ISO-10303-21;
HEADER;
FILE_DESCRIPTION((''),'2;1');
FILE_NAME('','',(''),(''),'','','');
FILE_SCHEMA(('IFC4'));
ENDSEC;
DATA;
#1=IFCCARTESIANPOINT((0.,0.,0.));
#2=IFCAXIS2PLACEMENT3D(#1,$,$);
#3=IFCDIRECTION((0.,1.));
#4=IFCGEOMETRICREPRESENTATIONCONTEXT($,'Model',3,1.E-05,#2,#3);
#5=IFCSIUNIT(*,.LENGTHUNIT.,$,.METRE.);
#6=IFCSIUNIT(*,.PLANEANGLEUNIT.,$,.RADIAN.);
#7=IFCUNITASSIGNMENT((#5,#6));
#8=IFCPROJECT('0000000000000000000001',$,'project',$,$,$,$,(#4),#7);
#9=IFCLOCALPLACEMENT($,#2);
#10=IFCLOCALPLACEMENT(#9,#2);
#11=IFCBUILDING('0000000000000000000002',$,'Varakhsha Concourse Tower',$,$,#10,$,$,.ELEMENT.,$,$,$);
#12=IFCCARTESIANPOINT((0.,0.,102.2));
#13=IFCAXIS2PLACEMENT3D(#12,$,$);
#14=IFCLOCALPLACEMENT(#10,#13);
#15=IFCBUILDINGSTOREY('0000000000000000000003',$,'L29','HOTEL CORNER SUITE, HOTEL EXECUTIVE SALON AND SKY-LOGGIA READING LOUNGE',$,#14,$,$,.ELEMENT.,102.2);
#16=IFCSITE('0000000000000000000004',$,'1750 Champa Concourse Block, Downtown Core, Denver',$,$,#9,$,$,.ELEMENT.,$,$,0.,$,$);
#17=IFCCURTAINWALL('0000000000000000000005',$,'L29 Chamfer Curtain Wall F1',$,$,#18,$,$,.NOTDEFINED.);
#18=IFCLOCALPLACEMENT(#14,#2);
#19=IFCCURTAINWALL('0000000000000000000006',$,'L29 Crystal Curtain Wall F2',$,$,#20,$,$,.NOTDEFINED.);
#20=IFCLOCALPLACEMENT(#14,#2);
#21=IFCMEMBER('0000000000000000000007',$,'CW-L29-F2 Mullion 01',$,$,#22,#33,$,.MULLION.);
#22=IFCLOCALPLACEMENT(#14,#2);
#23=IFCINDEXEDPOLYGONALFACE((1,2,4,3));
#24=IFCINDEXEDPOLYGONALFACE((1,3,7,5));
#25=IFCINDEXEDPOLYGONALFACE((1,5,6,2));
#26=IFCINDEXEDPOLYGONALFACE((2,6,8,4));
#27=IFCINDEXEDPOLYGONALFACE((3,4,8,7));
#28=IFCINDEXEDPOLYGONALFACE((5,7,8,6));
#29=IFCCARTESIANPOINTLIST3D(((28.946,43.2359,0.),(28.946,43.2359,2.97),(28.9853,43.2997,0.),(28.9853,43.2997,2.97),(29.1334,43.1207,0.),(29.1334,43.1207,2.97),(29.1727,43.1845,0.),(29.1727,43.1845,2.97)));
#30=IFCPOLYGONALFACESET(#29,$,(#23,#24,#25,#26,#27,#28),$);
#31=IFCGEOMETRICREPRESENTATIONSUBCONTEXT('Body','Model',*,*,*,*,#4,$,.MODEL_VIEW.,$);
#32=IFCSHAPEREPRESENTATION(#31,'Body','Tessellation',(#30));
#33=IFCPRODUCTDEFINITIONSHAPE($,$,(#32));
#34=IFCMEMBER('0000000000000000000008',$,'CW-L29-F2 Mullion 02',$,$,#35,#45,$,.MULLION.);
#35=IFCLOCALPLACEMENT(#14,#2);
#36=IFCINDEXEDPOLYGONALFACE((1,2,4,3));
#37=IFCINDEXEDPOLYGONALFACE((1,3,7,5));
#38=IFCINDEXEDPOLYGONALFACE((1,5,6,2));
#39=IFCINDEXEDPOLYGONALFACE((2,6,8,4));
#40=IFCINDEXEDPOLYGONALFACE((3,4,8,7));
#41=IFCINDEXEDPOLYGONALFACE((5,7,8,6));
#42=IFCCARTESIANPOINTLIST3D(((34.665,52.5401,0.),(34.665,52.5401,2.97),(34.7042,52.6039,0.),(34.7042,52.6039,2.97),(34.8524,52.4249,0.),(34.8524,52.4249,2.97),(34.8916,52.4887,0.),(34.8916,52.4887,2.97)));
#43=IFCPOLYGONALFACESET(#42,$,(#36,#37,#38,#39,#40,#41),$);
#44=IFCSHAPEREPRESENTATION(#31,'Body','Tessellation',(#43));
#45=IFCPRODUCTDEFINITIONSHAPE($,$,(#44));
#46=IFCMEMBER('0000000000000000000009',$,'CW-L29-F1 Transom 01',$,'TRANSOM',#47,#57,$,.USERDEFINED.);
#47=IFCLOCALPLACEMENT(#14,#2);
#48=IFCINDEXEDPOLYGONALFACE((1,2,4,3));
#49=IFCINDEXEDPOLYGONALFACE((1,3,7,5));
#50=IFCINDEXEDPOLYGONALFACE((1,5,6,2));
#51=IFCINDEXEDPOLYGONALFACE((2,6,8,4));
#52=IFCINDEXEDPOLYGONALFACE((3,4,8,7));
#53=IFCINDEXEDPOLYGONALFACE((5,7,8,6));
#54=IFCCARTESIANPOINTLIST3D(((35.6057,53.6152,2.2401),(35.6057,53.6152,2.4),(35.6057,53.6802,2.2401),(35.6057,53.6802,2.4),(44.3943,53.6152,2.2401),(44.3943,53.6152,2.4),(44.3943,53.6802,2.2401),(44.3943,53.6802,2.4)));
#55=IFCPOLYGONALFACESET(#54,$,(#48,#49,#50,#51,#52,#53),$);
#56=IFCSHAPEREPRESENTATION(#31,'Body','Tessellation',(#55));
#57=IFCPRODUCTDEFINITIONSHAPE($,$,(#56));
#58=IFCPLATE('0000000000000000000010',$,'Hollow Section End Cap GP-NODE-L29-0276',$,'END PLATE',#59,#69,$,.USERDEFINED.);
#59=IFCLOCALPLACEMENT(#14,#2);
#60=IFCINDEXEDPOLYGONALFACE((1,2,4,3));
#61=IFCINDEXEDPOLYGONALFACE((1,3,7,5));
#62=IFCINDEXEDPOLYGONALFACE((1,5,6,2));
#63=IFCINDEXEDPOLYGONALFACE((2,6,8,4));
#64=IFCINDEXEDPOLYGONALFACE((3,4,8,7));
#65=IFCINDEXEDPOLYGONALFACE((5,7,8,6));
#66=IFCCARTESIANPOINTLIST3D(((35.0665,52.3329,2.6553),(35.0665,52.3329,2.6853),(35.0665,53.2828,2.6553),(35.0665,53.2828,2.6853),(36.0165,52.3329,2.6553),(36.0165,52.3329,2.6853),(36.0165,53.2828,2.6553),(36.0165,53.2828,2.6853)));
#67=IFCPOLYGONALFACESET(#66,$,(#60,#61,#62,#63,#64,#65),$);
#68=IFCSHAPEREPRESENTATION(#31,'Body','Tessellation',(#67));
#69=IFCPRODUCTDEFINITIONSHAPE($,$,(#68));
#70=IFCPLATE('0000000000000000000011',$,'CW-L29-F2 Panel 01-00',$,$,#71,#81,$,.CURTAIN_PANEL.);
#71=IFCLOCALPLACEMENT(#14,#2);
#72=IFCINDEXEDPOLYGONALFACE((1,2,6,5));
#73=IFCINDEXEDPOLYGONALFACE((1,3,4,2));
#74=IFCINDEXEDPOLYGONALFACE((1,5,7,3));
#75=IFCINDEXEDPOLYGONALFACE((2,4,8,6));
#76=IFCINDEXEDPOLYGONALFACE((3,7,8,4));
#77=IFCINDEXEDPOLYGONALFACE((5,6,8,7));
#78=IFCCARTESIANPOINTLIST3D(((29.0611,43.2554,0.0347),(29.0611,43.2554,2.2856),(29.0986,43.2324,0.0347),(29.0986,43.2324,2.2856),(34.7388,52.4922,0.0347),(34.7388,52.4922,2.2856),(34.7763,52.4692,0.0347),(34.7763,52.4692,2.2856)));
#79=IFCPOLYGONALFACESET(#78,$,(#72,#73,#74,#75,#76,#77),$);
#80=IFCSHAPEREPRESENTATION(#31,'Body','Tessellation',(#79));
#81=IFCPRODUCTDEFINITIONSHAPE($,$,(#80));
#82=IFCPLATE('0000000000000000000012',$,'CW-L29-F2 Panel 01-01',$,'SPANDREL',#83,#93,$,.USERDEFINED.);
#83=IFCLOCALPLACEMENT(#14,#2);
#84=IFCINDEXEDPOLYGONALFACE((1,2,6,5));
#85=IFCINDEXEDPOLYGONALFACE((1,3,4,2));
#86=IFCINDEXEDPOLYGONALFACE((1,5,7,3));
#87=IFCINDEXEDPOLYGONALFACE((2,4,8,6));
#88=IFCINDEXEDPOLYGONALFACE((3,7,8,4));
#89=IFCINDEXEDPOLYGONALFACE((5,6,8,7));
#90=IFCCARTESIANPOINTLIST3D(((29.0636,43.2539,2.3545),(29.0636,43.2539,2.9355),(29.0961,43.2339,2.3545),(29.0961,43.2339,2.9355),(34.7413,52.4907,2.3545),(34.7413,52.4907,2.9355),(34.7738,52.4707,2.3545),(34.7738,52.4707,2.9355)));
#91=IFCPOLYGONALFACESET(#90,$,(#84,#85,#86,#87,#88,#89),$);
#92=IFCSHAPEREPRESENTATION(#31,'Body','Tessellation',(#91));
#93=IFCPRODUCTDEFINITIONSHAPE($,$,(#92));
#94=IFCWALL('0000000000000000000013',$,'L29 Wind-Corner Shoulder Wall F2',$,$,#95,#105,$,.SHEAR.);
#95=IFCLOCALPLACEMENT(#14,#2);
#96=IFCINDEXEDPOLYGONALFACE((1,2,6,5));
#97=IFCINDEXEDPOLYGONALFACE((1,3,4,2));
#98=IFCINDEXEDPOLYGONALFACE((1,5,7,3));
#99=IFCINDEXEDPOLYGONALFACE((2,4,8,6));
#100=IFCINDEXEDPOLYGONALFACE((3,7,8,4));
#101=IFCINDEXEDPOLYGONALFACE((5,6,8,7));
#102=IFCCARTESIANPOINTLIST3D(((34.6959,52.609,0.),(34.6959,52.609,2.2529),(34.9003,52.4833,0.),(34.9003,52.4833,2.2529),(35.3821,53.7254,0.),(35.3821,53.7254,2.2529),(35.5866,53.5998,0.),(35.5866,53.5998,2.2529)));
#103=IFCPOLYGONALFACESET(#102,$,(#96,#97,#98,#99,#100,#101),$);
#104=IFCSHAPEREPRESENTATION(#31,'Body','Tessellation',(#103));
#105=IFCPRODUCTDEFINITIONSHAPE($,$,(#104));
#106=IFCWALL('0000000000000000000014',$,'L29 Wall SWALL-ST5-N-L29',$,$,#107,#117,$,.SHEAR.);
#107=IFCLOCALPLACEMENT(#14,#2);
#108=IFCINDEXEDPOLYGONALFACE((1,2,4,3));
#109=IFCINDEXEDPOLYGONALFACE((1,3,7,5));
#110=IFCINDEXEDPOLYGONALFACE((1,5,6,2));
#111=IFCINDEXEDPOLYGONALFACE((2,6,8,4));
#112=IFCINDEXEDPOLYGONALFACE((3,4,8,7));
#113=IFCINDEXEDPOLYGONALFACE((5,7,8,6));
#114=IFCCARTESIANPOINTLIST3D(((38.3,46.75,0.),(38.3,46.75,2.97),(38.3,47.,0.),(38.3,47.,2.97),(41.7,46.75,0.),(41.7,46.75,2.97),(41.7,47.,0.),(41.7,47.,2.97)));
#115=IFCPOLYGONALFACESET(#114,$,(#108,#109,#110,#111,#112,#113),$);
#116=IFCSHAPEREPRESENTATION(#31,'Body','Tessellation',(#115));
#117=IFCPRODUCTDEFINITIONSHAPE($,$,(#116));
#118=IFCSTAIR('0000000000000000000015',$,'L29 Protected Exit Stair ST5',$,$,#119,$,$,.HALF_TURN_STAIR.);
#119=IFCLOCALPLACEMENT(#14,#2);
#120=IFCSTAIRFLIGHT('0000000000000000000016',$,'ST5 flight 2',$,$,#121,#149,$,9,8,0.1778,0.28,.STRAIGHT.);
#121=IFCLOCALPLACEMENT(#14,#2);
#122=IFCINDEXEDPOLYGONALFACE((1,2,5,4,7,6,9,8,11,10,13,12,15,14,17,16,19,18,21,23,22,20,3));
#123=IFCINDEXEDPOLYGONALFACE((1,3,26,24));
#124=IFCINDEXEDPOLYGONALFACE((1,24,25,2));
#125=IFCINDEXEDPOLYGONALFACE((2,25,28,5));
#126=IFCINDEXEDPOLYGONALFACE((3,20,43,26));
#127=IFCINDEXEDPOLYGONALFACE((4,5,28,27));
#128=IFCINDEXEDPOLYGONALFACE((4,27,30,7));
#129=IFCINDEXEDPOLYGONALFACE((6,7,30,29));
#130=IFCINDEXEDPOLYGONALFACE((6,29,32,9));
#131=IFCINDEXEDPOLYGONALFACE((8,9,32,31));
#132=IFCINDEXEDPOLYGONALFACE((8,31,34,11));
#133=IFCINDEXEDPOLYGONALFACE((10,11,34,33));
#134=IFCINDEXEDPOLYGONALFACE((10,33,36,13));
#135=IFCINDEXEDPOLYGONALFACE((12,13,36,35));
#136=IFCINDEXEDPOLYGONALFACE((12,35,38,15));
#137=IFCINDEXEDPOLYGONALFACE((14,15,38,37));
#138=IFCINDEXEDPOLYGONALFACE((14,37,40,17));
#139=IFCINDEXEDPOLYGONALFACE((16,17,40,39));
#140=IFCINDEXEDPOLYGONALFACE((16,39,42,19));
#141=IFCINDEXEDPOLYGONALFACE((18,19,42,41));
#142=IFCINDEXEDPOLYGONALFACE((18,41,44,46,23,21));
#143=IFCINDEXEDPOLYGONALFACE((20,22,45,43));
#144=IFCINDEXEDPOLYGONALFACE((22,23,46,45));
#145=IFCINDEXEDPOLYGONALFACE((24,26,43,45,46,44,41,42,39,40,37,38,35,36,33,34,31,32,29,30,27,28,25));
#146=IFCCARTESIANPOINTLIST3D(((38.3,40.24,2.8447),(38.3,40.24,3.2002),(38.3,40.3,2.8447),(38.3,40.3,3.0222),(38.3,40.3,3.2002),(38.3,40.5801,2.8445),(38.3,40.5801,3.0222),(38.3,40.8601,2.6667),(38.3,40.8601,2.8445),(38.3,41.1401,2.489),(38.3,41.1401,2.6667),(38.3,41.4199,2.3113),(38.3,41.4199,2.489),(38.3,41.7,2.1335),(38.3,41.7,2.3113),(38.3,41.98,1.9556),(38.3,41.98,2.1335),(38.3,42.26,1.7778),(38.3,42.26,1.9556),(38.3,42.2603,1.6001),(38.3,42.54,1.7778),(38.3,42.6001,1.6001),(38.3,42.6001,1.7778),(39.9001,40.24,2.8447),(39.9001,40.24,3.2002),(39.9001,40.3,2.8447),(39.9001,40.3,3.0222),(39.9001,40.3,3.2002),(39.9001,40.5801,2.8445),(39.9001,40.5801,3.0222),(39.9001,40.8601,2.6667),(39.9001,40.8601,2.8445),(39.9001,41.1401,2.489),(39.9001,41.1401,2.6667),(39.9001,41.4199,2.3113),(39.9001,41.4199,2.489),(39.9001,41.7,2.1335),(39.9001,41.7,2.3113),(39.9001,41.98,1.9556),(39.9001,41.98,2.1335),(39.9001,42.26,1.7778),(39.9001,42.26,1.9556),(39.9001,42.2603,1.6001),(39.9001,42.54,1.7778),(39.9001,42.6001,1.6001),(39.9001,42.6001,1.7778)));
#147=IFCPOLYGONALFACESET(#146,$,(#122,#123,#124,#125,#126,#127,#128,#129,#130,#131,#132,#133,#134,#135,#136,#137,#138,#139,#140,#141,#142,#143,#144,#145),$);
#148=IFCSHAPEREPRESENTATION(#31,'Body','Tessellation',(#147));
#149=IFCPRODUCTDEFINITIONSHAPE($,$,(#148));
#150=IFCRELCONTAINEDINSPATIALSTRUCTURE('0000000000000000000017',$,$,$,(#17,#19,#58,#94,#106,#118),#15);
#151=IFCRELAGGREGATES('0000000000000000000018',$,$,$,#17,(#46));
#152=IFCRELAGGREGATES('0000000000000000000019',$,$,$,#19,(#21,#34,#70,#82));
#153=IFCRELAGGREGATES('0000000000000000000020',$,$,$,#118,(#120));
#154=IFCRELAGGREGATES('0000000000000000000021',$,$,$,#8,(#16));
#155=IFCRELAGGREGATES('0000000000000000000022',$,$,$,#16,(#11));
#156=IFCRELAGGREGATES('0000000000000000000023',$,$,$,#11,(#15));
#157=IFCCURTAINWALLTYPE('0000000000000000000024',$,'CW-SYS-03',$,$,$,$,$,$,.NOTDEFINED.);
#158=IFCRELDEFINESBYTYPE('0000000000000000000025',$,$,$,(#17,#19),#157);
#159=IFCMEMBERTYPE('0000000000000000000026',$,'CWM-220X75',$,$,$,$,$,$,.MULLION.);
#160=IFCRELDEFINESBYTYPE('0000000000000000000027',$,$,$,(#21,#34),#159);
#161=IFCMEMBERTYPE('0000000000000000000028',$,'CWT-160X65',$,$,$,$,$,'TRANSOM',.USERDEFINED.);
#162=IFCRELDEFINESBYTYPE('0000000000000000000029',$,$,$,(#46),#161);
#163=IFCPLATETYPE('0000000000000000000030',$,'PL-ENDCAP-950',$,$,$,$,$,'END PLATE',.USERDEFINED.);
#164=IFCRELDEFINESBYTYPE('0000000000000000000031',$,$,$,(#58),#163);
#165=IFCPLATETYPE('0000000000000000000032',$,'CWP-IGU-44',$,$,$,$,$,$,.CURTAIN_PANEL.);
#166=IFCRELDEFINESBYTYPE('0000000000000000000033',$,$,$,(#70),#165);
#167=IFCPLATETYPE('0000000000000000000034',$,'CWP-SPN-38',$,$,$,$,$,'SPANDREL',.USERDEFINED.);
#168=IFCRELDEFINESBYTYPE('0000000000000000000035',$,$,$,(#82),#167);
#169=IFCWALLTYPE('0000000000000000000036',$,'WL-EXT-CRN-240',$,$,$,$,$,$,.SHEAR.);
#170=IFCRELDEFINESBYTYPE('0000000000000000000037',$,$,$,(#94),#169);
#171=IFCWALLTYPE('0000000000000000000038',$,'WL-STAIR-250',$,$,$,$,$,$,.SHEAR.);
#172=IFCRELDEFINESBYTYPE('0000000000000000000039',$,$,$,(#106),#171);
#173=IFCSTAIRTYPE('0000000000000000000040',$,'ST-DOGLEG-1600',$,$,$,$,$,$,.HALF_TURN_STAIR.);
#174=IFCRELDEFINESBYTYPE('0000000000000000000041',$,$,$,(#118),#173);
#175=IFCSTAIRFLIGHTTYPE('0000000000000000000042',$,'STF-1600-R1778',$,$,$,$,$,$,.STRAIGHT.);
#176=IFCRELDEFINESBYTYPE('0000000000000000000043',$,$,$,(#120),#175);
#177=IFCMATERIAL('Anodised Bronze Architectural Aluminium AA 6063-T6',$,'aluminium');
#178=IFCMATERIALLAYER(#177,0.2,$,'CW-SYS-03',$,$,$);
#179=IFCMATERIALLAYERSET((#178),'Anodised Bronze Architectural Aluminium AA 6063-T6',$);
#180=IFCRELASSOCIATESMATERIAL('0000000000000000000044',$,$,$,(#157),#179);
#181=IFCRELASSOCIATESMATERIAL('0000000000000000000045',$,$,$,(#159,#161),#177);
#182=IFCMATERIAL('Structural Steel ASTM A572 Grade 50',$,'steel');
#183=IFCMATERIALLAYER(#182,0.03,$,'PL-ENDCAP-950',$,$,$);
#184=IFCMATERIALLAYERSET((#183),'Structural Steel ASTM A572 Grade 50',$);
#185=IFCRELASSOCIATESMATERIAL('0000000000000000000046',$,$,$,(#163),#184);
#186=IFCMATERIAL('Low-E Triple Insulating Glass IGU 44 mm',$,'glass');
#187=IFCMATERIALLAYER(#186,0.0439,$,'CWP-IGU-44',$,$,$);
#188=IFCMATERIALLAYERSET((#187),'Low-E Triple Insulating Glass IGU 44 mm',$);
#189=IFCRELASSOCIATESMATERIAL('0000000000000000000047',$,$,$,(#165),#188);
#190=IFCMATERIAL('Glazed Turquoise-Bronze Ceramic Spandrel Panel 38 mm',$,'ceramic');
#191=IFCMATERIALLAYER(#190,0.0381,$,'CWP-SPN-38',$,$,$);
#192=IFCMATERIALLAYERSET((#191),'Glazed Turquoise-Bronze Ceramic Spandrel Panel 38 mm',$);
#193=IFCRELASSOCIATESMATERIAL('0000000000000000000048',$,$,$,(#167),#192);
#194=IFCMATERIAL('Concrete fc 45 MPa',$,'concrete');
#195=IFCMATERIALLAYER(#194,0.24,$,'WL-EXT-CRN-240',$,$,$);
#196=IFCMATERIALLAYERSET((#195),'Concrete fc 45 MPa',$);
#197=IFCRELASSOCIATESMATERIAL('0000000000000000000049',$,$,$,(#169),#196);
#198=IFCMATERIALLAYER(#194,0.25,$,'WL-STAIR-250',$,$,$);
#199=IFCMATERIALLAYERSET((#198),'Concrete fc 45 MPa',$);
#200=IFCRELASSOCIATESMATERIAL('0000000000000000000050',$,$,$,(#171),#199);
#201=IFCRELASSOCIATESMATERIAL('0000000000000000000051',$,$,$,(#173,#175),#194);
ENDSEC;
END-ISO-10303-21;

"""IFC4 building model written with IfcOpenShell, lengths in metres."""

from ifc_helpers import new_model, si_unit, direction, frame, frame_2d, origin, origin_2d, place, context, subcontext, project, spatial, polyline, rectangle, outline, extrude, source, transform, mapped, material, layer, layer_set, material_profile, profile_set, type_object, type_shapes, element, aggregate, save


model = new_model("IFC4")

# Units and contexts
model_context = context("Model", 3, precision=1e-05, world=origin(), true_north=direction((0.0, 1.0)))
body_context = subcontext(model_context, "Body", "Model", "MODEL_VIEW")
ifc_project = project(units=[si_unit("LENGTHUNIT", "METRE"), si_unit("PLANEANGLEUNIT", "RADIAN")], contexts=[model_context])

# Site, building, storey
site_placement = place(None, origin())
site = spatial("IfcSite", under=ifc_project, at=site_placement, Name="1750 Champa Concourse Block, Downtown Core, Denver", CompositionType="ELEMENT", RefElevation=0.0)
building_placement = place(site_placement, origin())
building = spatial("IfcBuilding", under=site, at=building_placement, Name="Varakhsha Concourse Tower", CompositionType="ELEMENT")
storey_placement = place(building_placement, frame((0.0, 0.0, 102.2)))
storey = spatial("IfcBuildingStorey", under=building, at=storey_placement, Name="L29", Description="HOTEL CORNER SUITE, HOTEL EXECUTIVE SALON AND SKY-LOGGIA READING LOUNGE", CompositionType="ELEMENT", Elevation=102.2)

# Shared definitions
ifc_material_1 = material(Name="Structural Steel ASTM A572 Grade 50", Category="steel")

# Curtain wall
ifc_material_2 = material(Name="Anodised Bronze Architectural Aluminium AA 6063-T6", Category="aluminium")
ifc_layer_1 = layer(ifc_material_2, 0.2, Name="CW-SYS-03")
ifc_layer_set_1 = layer_set([ifc_layer_1], Name="Anodised Bronze Architectural Aluminium AA 6063-T6")
curtain_wall_type = type_object("IfcCurtainWallType", Name="CW-SYS-03", PredefinedType="NOTDEFINED", material=ifc_layer_set_1)
curtain_wall_1_placement = place(storey_placement, origin())
curtain_wall_1 = element("IfcCurtainWall", 1, at=curtain_wall_1_placement, inside=storey, type_object=curtain_wall_type, Name="L29 Chamfer Curtain Wall F1", PredefinedType="NOTDEFINED")
ifc_material_profile_1 = material_profile(ifc_material_2, rectangle(XDim=0.075, YDim=0.22, at=origin_2d()), Name="CWM-220X75")
ifc_profile_set_1 = profile_set([ifc_material_profile_1], Name="Anodised Bronze Architectural Aluminium AA 6063-T6")
member_type_1 = type_object("IfcMemberType", Name="CWM-220X75", PredefinedType="MULLION", material=ifc_profile_set_1)
shared_shape_1 = source(origin(), body_context, "Body", "SweptSolid", [
    extrude(rectangle(XDim=0.075, YDim=0.22, at=origin_2d()), origin(), (0.0, 0.0, 1.0), 2.97),
])
type_shapes(member_type_1, [shared_shape_1])

# Curtain wall, members
curtain_wall_2_placement = place(storey_placement, origin())
curtain_wall_2 = element("IfcCurtainWall", 2, at=curtain_wall_2_placement, inside=storey, type_object=curtain_wall_type, Name="L29 Crystal Curtain Wall F2", PredefinedType="NOTDEFINED")
member_1_placement = place(storey_placement, frame((29.0593, 43.2102, 0.0), z_axis=(0.0, 0.0, 1.0), x_axis=(0.523665, 0.851924, 0.0)))
member_1 = element("IfcMember", 3, at=member_1_placement, type_object=member_type_1, Name="CW-L29-F2 Mullion 01", PredefinedType="MULLION", context=body_context, shape_type="MappedRepresentation", body=[
    mapped(shared_shape_1, transform((0.0, 0.0, 0.0), scale=1.0)),
])
member_2_placement = place(storey_placement, frame((34.7783, 52.5144, 0.0), z_axis=(0.0, 0.0, 1.0), x_axis=(0.523665, 0.851924, 0.0)))
member_2 = element("IfcMember", 4, at=member_2_placement, type_object=member_type_1, Name="CW-L29-F2 Mullion 02", PredefinedType="MULLION", context=body_context, shape_type="MappedRepresentation", body=[
    mapped(shared_shape_1, transform((0.0, 0.0, 0.0), scale=1.0)),
])

# Member
ifc_material_profile_2 = material_profile(ifc_material_2, rectangle(XDim=0.0649, YDim=0.1599, at=origin_2d()), Name="CWT-160X65")
ifc_profile_set_2 = profile_set([ifc_material_profile_2], Name="Anodised Bronze Architectural Aluminium AA 6063-T6")
member_type_2 = type_object("IfcMemberType", Name="CWT-160X65", ElementType="TRANSOM", PredefinedType="USERDEFINED", material=ifc_profile_set_2)
shared_shape_2 = source(origin(), body_context, "Body", "SweptSolid", [
    extrude(rectangle(XDim=0.0649, YDim=0.1599, at=origin_2d()), origin(), (0.0, 0.0, 1.0), 8.7886),
])
type_shapes(member_type_2, [shared_shape_2])
member_3_placement = place(storey_placement, frame((35.6057, 53.6477, 2.3201), z_axis=(1.0, 0.0, 0.0), x_axis=(0.0, 1.0, 0.0)))
member_3 = element("IfcMember", 5, at=member_3_placement, type_object=member_type_2, Name="CW-L29-F1 Transom 01", ObjectType="TRANSOM", PredefinedType="USERDEFINED", context=body_context, shape_type="MappedRepresentation", body=[
    mapped(shared_shape_2, transform((0.0, 0.0, 0.0), scale=1.0)),
])
aggregate(curtain_wall_1, [member_3])

# Plates
ifc_layer_2 = layer(ifc_material_1, 0.03, Name="PL-ENDCAP-950")
ifc_layer_set_2 = layer_set([ifc_layer_2], Name="Structural Steel ASTM A572 Grade 50")
plate_type_1 = type_object("IfcPlateType", Name="PL-ENDCAP-950", ElementType="END PLATE", PredefinedType="USERDEFINED", material=ifc_layer_set_2)
shared_shape_3 = source(origin(), body_context, "Body", "SweptSolid", [
    extrude(rectangle(XDim=0.95, YDim=0.95, at=origin_2d()), origin(), (0.0, 0.0, 1.0), 0.03),
])
type_shapes(plate_type_1, [shared_shape_3])
plate_1_placement = place(storey_placement, frame((35.5415, 52.8079, 2.6553), z_axis=(0.0, 0.0, 1.0), x_axis=(1.0, 0.0, 0.0)))
element("IfcPlate", 6, at=plate_1_placement, inside=storey, type_object=plate_type_1, Name="Hollow Section End Cap GP-NODE-L29-0276", ObjectType="END PLATE", PredefinedType="USERDEFINED", context=body_context, shape_type="MappedRepresentation", body=[
    mapped(shared_shape_3, transform((0.0, 0.0, 0.0), scale=1.0)),
])
ifc_material_3 = material(Name="Low-E Triple Insulating Glass IGU 44 mm", Category="glass")
ifc_layer_3 = layer(ifc_material_3, 0.0439, Name="CWP-IGU-44")
ifc_layer_set_3 = layer_set([ifc_layer_3], Name="Low-E Triple Insulating Glass IGU 44 mm")
plate_type_2 = type_object("IfcPlateType", Name="CWP-IGU-44", PredefinedType="CURTAIN_PANEL", material=ifc_layer_set_3)
shared_shape_4 = source(origin(), body_context, "Body", "SweptSolid", [
    extrude(rectangle(XDim=10.8423, YDim=0.0439, at=origin_2d()), origin(), (0.0, 0.0, 1.0), 2.251),
])
type_shapes(plate_type_2, [shared_shape_4])
plate_2_placement = place(storey_placement, frame((31.9187, 47.8623, 0.0347), z_axis=(0.0, 0.0, 1.0), x_axis=(0.523665, 0.851924, 0.0)))
plate_2 = element("IfcPlate", 7, at=plate_2_placement, type_object=plate_type_2, Name="CW-L29-F2 Panel 01-00", PredefinedType="CURTAIN_PANEL", context=body_context, shape_type="MappedRepresentation", body=[
    mapped(shared_shape_4, transform((0.0, 0.0, 0.0), scale=1.0)),
])
ifc_material_4 = material(Name="Glazed Turquoise-Bronze Ceramic Spandrel Panel 38 mm", Category="ceramic")
ifc_layer_4 = layer(ifc_material_4, 0.0381, Name="CWP-SPN-38")
ifc_layer_set_4 = layer_set([ifc_layer_4], Name="Glazed Turquoise-Bronze Ceramic Spandrel Panel 38 mm")
plate_type_3 = type_object("IfcPlateType", Name="CWP-SPN-38", ElementType="SPANDREL", PredefinedType="USERDEFINED", material=ifc_layer_set_4)
shared_shape_5 = source(origin(), body_context, "Body", "SweptSolid", [
    extrude(rectangle(XDim=10.8423, YDim=0.0381, at=origin_2d()), origin(), (0.0, 0.0, 1.0), 0.5811),
])
type_shapes(plate_type_3, [shared_shape_5])
plate_3_placement = place(storey_placement, frame((31.9187, 47.8623, 2.3545), z_axis=(0.0, 0.0, 1.0), x_axis=(0.523665, 0.851924, 0.0)))
plate_3 = element("IfcPlate", 8, at=plate_3_placement, type_object=plate_type_3, Name="CW-L29-F2 Panel 01-01", ObjectType="SPANDREL", PredefinedType="USERDEFINED", context=body_context, shape_type="MappedRepresentation", body=[
    mapped(shared_shape_5, transform((0.0, 0.0, 0.0), scale=1.0)),
])
aggregate(curtain_wall_2, [member_1, member_2, plate_2, plate_3])

# Walls
ifc_material_5 = material(Name="Concrete fc 45 MPa", Category="concrete")
ifc_layer_5 = layer(ifc_material_5, 0.24, Name="WL-EXT-CRN-240")
ifc_layer_set_5 = layer_set([ifc_layer_5], Name="Concrete fc 45 MPa")
wall_type_1 = type_object("IfcWallType", Name="WL-EXT-CRN-240", PredefinedType="SHEAR", material=ifc_layer_set_5)
wall_1_placement = place(storey_placement, frame((35.4844, 53.6626, 0.0), z_axis=(0.0, 0.0, 1.0), x_axis=(-0.523671, -0.85192, 0.0)))
element("IfcWall", 9, at=wall_1_placement, inside=storey, type_object=wall_type_1, Name="L29 Wind-Corner Shoulder Wall F2", PredefinedType="SHEAR", context=body_context, shape_type="SweptSolid", body=[
    extrude(rectangle(XDim=1.3105, YDim=0.24, at=frame_2d((0.6553, 0.0))), origin(), (0.0, 0.0, 1.0), 2.2529),
])
ifc_layer_6 = layer(ifc_material_5, 0.25, Name="WL-STAIR-250")
ifc_layer_set_6 = layer_set([ifc_layer_6], Name="Concrete fc 45 MPa")
wall_type_2 = type_object("IfcWallType", Name="WL-STAIR-250", PredefinedType="SHEAR", material=ifc_layer_set_6)
wall_2_placement = place(storey_placement, frame((38.3, 46.875, 0.0), z_axis=(0.0, 0.0, 1.0), x_axis=(1.0, 0.0, 0.0)))
element("IfcWall", 10, at=wall_2_placement, inside=storey, type_object=wall_type_2, Name="L29 Wall SWALL-ST5-N-L29", PredefinedType="SHEAR", context=body_context, shape_type="SweptSolid", body=[
    extrude(rectangle(XDim=3.3999, YDim=0.25, at=frame_2d((1.7, 0.0))), origin(), (0.0, 0.0, 1.0), 2.97),
])

# Stair, stair flight
stair_type = type_object("IfcStairType", Name="ST-DOGLEG-1600", PredefinedType="HALF_TURN_STAIR", material=ifc_material_5)
stair_placement = place(storey_placement, origin())
stair = element("IfcStair", 11, at=stair_placement, inside=storey, type_object=stair_type, Name="L29 Protected Exit Stair ST5", PredefinedType="HALF_TURN_STAIR")
stair_flight_type = type_object("IfcStairFlightType", Name="STF-1600-R1778", PredefinedType="STRAIGHT", material=ifc_material_5)
stair_flight_placement = place(storey_placement, frame((39.1001, 42.54, 1.6001), z_axis=(0.0, 0.0, 1.0), x_axis=(0.0, -1.0, 0.0)))
stair_flight = element("IfcStairFlight", 12, at=stair_flight_placement, type_object=stair_flight_type, Name="ST5 flight 2", NumberOfRisers=9, NumberOfTreads=8, PredefinedType="STRAIGHT", RiserHeight=0.1778, TreadLength=0.28, context=body_context, shape_type="SweptSolid", body=[
    extrude(outline(polyline([(-0.0601, 0.0), (-0.0601, 0.1777), (0.0, 0.1777), (0.28, 0.1777), (0.28, 0.3555), (0.5601, 0.3555), (0.5601, 0.5334), (0.8401, 0.5334), (0.8401, 0.7112), (1.1201, 0.7112), (1.1201, 0.8889), (1.3999, 0.8889), (1.3999, 1.0667), (1.6799, 1.0667), (1.6799, 1.2444), (1.96, 1.2444), (1.96, 1.4221), (2.24, 1.4221), (2.24, 1.6001), (2.3, 1.6001), (2.3, 1.2446), (2.24, 1.2446), (0.2798, 0.0), (-0.0601, 0.0)])), frame((0.0, 0.8, 0.0), z_axis=(0.0, -1.0, 0.0), x_axis=(1.0, 0.0, 0.0)), (0.0, 0.0, 1.0), 1.6001),
])
aggregate(stair, [stair_flight])

save(model, "model.ifc")
